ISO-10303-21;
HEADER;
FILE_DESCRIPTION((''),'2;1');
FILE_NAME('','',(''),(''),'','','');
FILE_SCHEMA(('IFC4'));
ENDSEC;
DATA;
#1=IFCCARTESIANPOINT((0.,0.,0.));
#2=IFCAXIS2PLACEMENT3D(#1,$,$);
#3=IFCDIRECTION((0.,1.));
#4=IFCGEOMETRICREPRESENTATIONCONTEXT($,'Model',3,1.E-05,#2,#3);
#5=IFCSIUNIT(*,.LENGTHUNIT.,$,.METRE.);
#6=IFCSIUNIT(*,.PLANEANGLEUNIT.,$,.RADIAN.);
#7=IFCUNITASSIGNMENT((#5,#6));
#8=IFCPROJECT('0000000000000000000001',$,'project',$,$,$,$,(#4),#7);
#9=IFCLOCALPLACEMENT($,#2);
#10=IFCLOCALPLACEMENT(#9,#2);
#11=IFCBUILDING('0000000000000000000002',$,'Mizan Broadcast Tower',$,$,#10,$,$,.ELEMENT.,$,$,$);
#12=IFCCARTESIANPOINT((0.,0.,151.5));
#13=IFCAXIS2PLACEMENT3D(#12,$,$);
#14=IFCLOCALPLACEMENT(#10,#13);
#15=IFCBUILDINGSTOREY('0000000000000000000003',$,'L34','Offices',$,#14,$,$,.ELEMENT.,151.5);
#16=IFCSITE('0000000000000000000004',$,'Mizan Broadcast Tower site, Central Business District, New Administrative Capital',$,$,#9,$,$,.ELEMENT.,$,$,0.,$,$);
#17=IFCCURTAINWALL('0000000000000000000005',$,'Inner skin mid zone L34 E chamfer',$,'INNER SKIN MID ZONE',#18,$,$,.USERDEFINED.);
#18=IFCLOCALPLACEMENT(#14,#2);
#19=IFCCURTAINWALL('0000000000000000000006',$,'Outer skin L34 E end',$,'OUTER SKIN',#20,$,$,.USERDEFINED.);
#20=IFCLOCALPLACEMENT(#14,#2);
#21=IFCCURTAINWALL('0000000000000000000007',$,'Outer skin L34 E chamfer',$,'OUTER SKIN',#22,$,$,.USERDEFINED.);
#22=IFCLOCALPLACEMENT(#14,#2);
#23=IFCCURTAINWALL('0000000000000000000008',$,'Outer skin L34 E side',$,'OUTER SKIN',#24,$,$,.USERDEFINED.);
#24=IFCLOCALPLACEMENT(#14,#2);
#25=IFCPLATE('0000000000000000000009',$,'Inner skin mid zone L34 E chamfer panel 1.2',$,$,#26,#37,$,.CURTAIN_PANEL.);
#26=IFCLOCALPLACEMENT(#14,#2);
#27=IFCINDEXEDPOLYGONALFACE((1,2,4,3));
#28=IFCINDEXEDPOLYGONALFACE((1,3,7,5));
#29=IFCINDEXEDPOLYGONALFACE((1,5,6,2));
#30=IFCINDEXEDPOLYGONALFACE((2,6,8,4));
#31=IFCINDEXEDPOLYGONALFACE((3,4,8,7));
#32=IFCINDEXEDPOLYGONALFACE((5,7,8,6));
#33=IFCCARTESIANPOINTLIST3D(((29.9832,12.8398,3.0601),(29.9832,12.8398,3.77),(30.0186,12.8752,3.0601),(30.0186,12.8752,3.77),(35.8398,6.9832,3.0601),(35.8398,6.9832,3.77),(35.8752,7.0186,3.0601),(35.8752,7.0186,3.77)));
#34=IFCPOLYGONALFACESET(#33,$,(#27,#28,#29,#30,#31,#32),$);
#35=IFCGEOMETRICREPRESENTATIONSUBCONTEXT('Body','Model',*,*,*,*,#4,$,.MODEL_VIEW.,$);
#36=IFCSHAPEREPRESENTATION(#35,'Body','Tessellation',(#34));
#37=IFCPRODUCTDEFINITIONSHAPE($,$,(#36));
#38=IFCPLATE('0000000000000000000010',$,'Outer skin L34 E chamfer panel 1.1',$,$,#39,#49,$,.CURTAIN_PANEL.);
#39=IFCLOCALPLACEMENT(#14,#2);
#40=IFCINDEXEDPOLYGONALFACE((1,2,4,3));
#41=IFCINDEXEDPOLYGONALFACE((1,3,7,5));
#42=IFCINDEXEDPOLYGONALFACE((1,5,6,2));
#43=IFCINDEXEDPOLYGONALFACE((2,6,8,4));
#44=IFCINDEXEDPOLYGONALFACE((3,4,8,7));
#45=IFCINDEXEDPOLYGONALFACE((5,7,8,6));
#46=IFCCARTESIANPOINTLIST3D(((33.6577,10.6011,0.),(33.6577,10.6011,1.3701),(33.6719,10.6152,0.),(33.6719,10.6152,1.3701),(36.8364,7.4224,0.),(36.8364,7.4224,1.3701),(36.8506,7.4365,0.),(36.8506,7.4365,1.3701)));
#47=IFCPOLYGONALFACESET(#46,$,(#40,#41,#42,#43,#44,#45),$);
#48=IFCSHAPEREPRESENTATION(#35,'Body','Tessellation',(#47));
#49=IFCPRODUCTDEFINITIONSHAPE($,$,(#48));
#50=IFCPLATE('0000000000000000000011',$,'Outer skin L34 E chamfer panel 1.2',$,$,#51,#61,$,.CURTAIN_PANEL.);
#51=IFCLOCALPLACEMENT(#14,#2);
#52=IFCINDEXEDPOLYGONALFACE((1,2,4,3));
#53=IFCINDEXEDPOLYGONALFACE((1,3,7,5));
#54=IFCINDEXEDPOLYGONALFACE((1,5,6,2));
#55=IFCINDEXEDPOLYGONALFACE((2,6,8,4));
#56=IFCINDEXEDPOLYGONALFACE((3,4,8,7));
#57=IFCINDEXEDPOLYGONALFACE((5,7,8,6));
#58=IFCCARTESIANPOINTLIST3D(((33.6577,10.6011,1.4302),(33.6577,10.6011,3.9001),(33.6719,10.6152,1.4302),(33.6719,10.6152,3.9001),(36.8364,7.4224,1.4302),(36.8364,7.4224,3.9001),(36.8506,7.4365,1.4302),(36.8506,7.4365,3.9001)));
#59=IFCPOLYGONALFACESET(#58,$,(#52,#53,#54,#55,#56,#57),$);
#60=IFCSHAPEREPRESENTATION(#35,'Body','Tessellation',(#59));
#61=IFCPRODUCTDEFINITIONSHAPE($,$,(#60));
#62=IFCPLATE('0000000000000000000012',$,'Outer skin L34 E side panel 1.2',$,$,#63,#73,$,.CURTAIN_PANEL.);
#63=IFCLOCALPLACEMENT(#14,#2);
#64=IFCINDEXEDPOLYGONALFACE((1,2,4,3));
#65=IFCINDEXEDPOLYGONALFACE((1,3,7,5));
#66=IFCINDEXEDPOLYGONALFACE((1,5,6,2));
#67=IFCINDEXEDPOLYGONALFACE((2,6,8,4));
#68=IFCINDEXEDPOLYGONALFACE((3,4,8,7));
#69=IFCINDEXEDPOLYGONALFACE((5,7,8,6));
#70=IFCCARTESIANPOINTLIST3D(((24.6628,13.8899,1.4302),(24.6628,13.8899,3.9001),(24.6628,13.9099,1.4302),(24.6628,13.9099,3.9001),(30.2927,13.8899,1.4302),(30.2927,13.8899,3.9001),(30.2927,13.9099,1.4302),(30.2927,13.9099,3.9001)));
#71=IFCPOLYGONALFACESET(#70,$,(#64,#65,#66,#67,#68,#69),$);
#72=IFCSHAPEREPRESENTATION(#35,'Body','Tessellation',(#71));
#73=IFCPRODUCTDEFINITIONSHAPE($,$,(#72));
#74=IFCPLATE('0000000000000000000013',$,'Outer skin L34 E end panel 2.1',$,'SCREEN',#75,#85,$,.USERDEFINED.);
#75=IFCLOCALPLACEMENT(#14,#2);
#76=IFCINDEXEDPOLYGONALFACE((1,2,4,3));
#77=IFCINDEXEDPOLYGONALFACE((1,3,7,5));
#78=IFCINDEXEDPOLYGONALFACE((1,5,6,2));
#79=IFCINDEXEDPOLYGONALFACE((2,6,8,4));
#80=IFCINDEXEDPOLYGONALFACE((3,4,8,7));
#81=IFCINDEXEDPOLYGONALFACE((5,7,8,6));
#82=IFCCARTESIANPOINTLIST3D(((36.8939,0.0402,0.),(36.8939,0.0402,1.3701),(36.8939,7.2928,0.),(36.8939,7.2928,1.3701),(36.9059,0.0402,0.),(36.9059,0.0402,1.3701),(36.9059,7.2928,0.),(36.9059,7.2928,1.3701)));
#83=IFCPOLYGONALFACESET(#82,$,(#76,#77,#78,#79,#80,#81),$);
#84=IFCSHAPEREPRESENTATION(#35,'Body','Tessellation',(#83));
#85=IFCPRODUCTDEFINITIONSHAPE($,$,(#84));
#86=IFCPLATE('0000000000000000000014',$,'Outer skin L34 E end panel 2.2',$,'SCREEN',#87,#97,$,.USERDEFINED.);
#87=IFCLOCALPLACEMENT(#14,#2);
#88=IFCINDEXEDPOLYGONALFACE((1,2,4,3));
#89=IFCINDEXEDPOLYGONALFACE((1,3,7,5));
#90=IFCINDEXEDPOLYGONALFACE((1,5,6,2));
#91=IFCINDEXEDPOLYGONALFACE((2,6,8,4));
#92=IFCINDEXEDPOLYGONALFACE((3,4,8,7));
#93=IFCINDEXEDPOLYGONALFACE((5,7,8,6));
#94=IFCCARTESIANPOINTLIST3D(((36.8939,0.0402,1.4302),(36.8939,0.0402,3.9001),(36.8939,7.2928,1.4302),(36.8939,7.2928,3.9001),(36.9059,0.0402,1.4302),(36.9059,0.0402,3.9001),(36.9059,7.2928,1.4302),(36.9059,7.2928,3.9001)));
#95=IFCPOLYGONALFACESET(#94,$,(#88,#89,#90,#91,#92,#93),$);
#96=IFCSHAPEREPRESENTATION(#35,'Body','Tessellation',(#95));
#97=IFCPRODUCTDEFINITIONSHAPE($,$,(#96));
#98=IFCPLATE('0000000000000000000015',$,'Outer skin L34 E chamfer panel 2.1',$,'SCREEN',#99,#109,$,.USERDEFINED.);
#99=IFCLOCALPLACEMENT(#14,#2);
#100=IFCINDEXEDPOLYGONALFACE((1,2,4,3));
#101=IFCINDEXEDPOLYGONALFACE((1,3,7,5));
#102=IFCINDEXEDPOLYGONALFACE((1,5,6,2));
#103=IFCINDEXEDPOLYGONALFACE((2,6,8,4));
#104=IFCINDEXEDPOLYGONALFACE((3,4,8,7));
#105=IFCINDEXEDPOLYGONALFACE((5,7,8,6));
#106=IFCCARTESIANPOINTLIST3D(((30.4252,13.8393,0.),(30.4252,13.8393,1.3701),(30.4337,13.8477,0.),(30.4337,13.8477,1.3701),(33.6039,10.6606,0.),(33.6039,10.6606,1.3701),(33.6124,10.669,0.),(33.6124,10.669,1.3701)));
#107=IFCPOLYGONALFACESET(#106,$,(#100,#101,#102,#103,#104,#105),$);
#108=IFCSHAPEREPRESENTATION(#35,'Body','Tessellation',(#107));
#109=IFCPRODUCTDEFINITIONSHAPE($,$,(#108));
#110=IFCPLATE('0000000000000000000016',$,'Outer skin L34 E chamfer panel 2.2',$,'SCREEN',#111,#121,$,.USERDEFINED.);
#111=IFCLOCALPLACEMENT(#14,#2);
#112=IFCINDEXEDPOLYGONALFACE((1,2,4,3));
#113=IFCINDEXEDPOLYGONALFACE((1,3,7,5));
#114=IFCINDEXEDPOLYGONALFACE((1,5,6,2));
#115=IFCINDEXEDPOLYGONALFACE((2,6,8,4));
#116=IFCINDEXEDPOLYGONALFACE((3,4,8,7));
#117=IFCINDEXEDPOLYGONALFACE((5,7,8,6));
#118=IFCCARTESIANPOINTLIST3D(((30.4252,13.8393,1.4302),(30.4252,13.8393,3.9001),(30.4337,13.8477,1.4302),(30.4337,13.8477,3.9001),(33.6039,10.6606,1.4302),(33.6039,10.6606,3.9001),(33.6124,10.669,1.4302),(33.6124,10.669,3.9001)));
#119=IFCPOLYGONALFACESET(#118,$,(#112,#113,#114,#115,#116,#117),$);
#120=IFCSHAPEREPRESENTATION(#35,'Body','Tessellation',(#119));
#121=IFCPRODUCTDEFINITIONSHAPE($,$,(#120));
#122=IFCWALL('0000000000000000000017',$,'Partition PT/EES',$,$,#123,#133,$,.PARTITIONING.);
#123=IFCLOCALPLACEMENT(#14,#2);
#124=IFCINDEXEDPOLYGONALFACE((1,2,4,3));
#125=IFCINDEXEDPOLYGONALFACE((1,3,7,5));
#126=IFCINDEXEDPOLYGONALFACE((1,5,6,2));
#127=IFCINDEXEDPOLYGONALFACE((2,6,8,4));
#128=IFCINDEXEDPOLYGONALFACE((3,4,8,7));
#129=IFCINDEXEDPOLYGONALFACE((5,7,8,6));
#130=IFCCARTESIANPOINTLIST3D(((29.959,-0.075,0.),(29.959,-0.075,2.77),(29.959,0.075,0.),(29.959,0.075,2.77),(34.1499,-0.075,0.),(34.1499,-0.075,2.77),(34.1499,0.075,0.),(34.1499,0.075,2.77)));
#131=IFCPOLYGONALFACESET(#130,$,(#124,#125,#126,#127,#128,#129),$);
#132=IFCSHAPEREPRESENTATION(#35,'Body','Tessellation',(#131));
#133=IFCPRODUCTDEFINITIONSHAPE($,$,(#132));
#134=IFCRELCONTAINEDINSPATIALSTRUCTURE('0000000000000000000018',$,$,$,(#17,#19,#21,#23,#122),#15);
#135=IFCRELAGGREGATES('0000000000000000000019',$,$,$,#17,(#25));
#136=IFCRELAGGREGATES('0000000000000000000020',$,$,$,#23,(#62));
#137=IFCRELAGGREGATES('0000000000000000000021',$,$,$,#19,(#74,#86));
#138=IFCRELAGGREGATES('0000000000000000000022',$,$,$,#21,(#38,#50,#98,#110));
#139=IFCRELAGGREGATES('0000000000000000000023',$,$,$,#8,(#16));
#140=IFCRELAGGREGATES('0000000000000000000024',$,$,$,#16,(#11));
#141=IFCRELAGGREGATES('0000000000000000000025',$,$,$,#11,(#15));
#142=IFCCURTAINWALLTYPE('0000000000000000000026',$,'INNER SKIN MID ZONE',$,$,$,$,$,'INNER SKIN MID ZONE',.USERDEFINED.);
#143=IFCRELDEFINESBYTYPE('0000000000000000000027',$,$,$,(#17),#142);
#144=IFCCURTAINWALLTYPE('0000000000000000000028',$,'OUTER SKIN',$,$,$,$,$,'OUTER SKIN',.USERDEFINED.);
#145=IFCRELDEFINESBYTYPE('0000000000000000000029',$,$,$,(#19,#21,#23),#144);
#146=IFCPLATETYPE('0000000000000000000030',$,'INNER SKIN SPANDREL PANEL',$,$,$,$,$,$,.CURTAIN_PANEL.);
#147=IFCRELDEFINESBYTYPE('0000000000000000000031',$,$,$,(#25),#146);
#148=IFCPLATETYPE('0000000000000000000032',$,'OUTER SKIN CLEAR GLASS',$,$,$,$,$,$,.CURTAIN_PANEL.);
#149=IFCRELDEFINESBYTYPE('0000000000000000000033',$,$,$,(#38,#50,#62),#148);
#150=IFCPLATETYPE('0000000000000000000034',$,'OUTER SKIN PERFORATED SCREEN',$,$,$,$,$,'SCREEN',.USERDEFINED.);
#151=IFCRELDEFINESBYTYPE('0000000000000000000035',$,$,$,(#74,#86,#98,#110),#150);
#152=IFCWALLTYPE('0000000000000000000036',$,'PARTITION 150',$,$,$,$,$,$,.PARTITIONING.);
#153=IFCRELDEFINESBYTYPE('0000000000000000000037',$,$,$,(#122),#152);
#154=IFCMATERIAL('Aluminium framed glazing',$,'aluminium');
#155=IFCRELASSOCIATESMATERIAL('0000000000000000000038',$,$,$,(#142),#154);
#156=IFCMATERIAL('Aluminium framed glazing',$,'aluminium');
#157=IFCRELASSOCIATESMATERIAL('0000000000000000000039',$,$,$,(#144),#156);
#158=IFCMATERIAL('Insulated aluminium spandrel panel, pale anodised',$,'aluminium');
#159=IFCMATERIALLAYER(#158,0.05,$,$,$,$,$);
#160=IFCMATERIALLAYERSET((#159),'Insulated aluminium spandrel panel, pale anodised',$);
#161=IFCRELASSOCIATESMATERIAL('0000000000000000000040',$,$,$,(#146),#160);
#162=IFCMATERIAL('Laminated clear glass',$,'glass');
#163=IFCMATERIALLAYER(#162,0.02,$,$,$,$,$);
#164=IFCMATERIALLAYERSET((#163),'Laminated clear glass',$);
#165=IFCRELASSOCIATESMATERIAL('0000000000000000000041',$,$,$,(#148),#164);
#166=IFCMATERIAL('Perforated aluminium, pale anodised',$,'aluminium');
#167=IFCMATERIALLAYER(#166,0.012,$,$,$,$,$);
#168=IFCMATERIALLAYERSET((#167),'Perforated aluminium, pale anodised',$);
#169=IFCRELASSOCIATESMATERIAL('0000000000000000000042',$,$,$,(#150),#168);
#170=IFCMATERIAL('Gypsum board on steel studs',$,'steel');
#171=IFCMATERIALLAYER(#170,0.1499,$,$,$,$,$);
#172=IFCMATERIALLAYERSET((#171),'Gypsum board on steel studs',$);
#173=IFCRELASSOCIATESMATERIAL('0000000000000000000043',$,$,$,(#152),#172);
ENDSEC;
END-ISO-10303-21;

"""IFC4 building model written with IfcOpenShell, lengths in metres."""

from ifc_helpers import new_model, si_unit, direction, frame, frame_2d, origin, origin_2d, place, context, subcontext, project, spatial, rectangle, extrude, material, layer, layer_set, type_object, element, aggregate, save


model = new_model("IFC4")

# Units and contexts
model_context = context("Model", 3, precision=1e-05, world=origin(), true_north=direction((0.0, 1.0)))
body_context = subcontext(model_context, "Body", "Model", "MODEL_VIEW")
ifc_project = project(units=[si_unit("LENGTHUNIT", "METRE"), si_unit("PLANEANGLEUNIT", "RADIAN")], contexts=[model_context])

# Site, building, storey
site_placement = place(None, origin())
site = spatial("IfcSite", under=ifc_project, at=site_placement, Name="Mizan Broadcast Tower site, Central Business District, New Administrative Capital", CompositionType="ELEMENT", RefElevation=0.0)
building_placement = place(site_placement, origin())
building = spatial("IfcBuilding", under=site, at=building_placement, Name="Mizan Broadcast Tower", CompositionType="ELEMENT")
storey_placement = place(building_placement, frame((0.0, 0.0, 151.5)))
storey = spatial("IfcBuildingStorey", under=building, at=storey_placement, Name="L34", Description="Offices", CompositionType="ELEMENT", Elevation=151.5)

# Shared definitions
ifc_material_1 = material(Name="Aluminium framed glazing", Category="aluminium")
curtain_wall_type_1 = type_object("IfcCurtainWallType", Name="INNER SKIN MID ZONE", ElementType="INNER SKIN MID ZONE", PredefinedType="USERDEFINED", material=ifc_material_1)

# Curtain wall
curtain_wall_1_placement = place(storey_placement, origin())
curtain_wall_1 = element("IfcCurtainWall", 1, at=curtain_wall_1_placement, inside=storey, type_object=curtain_wall_type_1, Name="Inner skin mid zone L34 E chamfer", ObjectType="INNER SKIN MID ZONE", PredefinedType="USERDEFINED")

# Curtain walls
ifc_material_2 = material(Name="Aluminium framed glazing", Category="aluminium")
curtain_wall_type_2 = type_object("IfcCurtainWallType", Name="OUTER SKIN", ElementType="OUTER SKIN", PredefinedType="USERDEFINED", material=ifc_material_2)
curtain_wall_2_placement = place(storey_placement, origin())
curtain_wall_2 = element("IfcCurtainWall", 2, at=curtain_wall_2_placement, inside=storey, type_object=curtain_wall_type_2, Name="Outer skin L34 E end", ObjectType="OUTER SKIN", PredefinedType="USERDEFINED")
curtain_wall_3_placement = place(storey_placement, origin())
curtain_wall_3 = element("IfcCurtainWall", 3, at=curtain_wall_3_placement, inside=storey, type_object=curtain_wall_type_2, Name="Outer skin L34 E chamfer", ObjectType="OUTER SKIN", PredefinedType="USERDEFINED")

# Curtain wall
curtain_wall_4_placement = place(storey_placement, origin())
curtain_wall_4 = element("IfcCurtainWall", 4, at=curtain_wall_4_placement, inside=storey, type_object=curtain_wall_type_2, Name="Outer skin L34 E side", ObjectType="OUTER SKIN", PredefinedType="USERDEFINED")

# Plates
ifc_material_3 = material(Name="Insulated aluminium spandrel panel, pale anodised", Category="aluminium")
ifc_layer_1 = layer(ifc_material_3, 0.05)
ifc_layer_set_1 = layer_set([ifc_layer_1], Name="Insulated aluminium spandrel panel, pale anodised")
plate_type_1 = type_object("IfcPlateType", Name="INNER SKIN SPANDREL PANEL", PredefinedType="CURTAIN_PANEL", material=ifc_layer_set_1)
plate_1_placement = place(storey_placement, frame((32.9292, 9.9292, 3.0601), z_axis=(0.0, 0.0, 1.0), x_axis=(-0.707107, 0.707107, 0.0)))
plate_1 = element("IfcPlate", 5, at=plate_1_placement, type_object=plate_type_1, Name="Inner skin mid zone L34 E chamfer panel 1.2", PredefinedType="CURTAIN_PANEL", context=body_context, shape_type="SweptSolid", body=[
    extrude(rectangle(XDim=8.2825, YDim=0.05, at=origin_2d()), origin(), (0.0, 0.0, 1.0), 0.71),
])
aggregate(curtain_wall_1, [plate_1])
ifc_material_4 = material(Name="Laminated clear glass", Category="glass")
ifc_layer_2 = layer(ifc_material_4, 0.02)
ifc_layer_set_2 = layer_set([ifc_layer_2], Name="Laminated clear glass")
plate_type_2 = type_object("IfcPlateType", Name="OUTER SKIN CLEAR GLASS", PredefinedType="CURTAIN_PANEL", material=ifc_layer_set_2)
plate_2_placement = place(storey_placement, frame((35.2542, 9.0188, 0.0), z_axis=(0.0, 0.0, 1.0), x_axis=(-0.707107, 0.707107, 0.0)))
plate_2 = element("IfcPlate", 6, at=plate_2_placement, type_object=plate_type_2, Name="Outer skin L34 E chamfer panel 1.1", PredefinedType="CURTAIN_PANEL", context=body_context, shape_type="SweptSolid", body=[
    extrude(rectangle(XDim=4.4954, YDim=0.02, at=origin_2d()), origin(), (0.0, 0.0, 1.0), 1.3701),
])
plate_3_placement = place(storey_placement, frame((35.2542, 9.0188, 1.4302), z_axis=(0.0, 0.0, 1.0), x_axis=(-0.707107, 0.707107, 0.0)))
plate_3 = element("IfcPlate", 7, at=plate_3_placement, type_object=plate_type_2, Name="Outer skin L34 E chamfer panel 1.2", PredefinedType="CURTAIN_PANEL", context=body_context, shape_type="SweptSolid", body=[
    extrude(rectangle(XDim=4.4954, YDim=0.02, at=origin_2d()), origin(), (0.0, 0.0, 1.0), 2.47),
])
plate_4_placement = place(storey_placement, frame((27.4778, 13.8999, 1.4302), z_axis=(0.0, 0.0, 1.0), x_axis=(-1.0, 0.0, 0.0)))
plate_4 = element("IfcPlate", 8, at=plate_4_placement, type_object=plate_type_2, Name="Outer skin L34 E side panel 1.2", PredefinedType="CURTAIN_PANEL", context=body_context, shape_type="SweptSolid", body=[
    extrude(rectangle(XDim=5.6299, YDim=0.02, at=origin_2d()), origin(), (0.0, 0.0, 1.0), 2.47),
])
aggregate(curtain_wall_4, [plate_4])
ifc_material_5 = material(Name="Perforated aluminium, pale anodised", Category="aluminium")
ifc_layer_3 = layer(ifc_material_5, 0.012)
ifc_layer_set_3 = layer_set([ifc_layer_3], Name="Perforated aluminium, pale anodised")
plate_type_3 = type_object("IfcPlateType", Name="OUTER SKIN PERFORATED SCREEN", ElementType="SCREEN", PredefinedType="USERDEFINED", material=ifc_layer_set_3)
plate_5_placement = place(storey_placement, frame((36.8999, 3.6665, 0.0), z_axis=(0.0, 0.0, 1.0), x_axis=(0.0, 1.0, 0.0)))
plate_5 = element("IfcPlate", 9, at=plate_5_placement, type_object=plate_type_3, Name="Outer skin L34 E end panel 2.1", ObjectType="SCREEN", PredefinedType="USERDEFINED", context=body_context, shape_type="SweptSolid", body=[
    extrude(rectangle(XDim=7.2527, YDim=0.012, at=origin_2d()), origin(), (0.0, 0.0, 1.0), 1.3701),
])
plate_6_placement = place(storey_placement, frame((36.8999, 3.6665, 1.4302), z_axis=(0.0, 0.0, 1.0), x_axis=(0.0, 1.0, 0.0)))
plate_6 = element("IfcPlate", 10, at=plate_6_placement, type_object=plate_type_3, Name="Outer skin L34 E end panel 2.2", ObjectType="SCREEN", PredefinedType="USERDEFINED", context=body_context, shape_type="SweptSolid", body=[
    extrude(rectangle(XDim=7.2527, YDim=0.012, at=origin_2d()), origin(), (0.0, 0.0, 1.0), 2.47),
])
aggregate(curtain_wall_2, [plate_5, plate_6])
plate_7_placement = place(storey_placement, frame((32.0188, 12.2542, 0.0), z_axis=(0.0, 0.0, 1.0), x_axis=(-0.707107, 0.707107, 0.0)))
plate_7 = element("IfcPlate", 11, at=plate_7_placement, type_object=plate_type_3, Name="Outer skin L34 E chamfer panel 2.1", ObjectType="SCREEN", PredefinedType="USERDEFINED", context=body_context, shape_type="SweptSolid", body=[
    extrude(rectangle(XDim=4.4954, YDim=0.012, at=origin_2d()), origin(), (0.0, 0.0, 1.0), 1.3701),
])
plate_8_placement = place(storey_placement, frame((32.0188, 12.2542, 1.4302), z_axis=(0.0, 0.0, 1.0), x_axis=(-0.707107, 0.707107, 0.0)))
plate_8 = element("IfcPlate", 12, at=plate_8_placement, type_object=plate_type_3, Name="Outer skin L34 E chamfer panel 2.2", ObjectType="SCREEN", PredefinedType="USERDEFINED", context=body_context, shape_type="SweptSolid", body=[
    extrude(rectangle(XDim=4.4954, YDim=0.012, at=origin_2d()), origin(), (0.0, 0.0, 1.0), 2.47),
])
aggregate(curtain_wall_3, [plate_2, plate_3, plate_7, plate_8])

# Wall
ifc_material_6 = material(Name="Gypsum board on steel studs", Category="steel")
ifc_layer_4 = layer(ifc_material_6, 0.1499)
ifc_layer_set_4 = layer_set([ifc_layer_4], Name="Gypsum board on steel studs")
wall_type = type_object("IfcWallType", Name="PARTITION 150", PredefinedType="PARTITIONING", material=ifc_layer_set_4)
wall_placement = place(storey_placement, frame((29.959, 0.0, 0.0), z_axis=(0.0, 0.0, 1.0), x_axis=(1.0, 0.0, 0.0)))
element("IfcWall", 13, at=wall_placement, inside=storey, type_object=wall_type, Name="Partition PT/EES", PredefinedType="PARTITIONING", context=body_context, shape_type="SweptSolid", body=[
    extrude(rectangle(XDim=4.1909, YDim=0.1499, at=frame_2d((2.0955, 0.0))), origin(), (0.0, 0.0, 1.0), 2.77),
])

save(model, "model.ifc")
